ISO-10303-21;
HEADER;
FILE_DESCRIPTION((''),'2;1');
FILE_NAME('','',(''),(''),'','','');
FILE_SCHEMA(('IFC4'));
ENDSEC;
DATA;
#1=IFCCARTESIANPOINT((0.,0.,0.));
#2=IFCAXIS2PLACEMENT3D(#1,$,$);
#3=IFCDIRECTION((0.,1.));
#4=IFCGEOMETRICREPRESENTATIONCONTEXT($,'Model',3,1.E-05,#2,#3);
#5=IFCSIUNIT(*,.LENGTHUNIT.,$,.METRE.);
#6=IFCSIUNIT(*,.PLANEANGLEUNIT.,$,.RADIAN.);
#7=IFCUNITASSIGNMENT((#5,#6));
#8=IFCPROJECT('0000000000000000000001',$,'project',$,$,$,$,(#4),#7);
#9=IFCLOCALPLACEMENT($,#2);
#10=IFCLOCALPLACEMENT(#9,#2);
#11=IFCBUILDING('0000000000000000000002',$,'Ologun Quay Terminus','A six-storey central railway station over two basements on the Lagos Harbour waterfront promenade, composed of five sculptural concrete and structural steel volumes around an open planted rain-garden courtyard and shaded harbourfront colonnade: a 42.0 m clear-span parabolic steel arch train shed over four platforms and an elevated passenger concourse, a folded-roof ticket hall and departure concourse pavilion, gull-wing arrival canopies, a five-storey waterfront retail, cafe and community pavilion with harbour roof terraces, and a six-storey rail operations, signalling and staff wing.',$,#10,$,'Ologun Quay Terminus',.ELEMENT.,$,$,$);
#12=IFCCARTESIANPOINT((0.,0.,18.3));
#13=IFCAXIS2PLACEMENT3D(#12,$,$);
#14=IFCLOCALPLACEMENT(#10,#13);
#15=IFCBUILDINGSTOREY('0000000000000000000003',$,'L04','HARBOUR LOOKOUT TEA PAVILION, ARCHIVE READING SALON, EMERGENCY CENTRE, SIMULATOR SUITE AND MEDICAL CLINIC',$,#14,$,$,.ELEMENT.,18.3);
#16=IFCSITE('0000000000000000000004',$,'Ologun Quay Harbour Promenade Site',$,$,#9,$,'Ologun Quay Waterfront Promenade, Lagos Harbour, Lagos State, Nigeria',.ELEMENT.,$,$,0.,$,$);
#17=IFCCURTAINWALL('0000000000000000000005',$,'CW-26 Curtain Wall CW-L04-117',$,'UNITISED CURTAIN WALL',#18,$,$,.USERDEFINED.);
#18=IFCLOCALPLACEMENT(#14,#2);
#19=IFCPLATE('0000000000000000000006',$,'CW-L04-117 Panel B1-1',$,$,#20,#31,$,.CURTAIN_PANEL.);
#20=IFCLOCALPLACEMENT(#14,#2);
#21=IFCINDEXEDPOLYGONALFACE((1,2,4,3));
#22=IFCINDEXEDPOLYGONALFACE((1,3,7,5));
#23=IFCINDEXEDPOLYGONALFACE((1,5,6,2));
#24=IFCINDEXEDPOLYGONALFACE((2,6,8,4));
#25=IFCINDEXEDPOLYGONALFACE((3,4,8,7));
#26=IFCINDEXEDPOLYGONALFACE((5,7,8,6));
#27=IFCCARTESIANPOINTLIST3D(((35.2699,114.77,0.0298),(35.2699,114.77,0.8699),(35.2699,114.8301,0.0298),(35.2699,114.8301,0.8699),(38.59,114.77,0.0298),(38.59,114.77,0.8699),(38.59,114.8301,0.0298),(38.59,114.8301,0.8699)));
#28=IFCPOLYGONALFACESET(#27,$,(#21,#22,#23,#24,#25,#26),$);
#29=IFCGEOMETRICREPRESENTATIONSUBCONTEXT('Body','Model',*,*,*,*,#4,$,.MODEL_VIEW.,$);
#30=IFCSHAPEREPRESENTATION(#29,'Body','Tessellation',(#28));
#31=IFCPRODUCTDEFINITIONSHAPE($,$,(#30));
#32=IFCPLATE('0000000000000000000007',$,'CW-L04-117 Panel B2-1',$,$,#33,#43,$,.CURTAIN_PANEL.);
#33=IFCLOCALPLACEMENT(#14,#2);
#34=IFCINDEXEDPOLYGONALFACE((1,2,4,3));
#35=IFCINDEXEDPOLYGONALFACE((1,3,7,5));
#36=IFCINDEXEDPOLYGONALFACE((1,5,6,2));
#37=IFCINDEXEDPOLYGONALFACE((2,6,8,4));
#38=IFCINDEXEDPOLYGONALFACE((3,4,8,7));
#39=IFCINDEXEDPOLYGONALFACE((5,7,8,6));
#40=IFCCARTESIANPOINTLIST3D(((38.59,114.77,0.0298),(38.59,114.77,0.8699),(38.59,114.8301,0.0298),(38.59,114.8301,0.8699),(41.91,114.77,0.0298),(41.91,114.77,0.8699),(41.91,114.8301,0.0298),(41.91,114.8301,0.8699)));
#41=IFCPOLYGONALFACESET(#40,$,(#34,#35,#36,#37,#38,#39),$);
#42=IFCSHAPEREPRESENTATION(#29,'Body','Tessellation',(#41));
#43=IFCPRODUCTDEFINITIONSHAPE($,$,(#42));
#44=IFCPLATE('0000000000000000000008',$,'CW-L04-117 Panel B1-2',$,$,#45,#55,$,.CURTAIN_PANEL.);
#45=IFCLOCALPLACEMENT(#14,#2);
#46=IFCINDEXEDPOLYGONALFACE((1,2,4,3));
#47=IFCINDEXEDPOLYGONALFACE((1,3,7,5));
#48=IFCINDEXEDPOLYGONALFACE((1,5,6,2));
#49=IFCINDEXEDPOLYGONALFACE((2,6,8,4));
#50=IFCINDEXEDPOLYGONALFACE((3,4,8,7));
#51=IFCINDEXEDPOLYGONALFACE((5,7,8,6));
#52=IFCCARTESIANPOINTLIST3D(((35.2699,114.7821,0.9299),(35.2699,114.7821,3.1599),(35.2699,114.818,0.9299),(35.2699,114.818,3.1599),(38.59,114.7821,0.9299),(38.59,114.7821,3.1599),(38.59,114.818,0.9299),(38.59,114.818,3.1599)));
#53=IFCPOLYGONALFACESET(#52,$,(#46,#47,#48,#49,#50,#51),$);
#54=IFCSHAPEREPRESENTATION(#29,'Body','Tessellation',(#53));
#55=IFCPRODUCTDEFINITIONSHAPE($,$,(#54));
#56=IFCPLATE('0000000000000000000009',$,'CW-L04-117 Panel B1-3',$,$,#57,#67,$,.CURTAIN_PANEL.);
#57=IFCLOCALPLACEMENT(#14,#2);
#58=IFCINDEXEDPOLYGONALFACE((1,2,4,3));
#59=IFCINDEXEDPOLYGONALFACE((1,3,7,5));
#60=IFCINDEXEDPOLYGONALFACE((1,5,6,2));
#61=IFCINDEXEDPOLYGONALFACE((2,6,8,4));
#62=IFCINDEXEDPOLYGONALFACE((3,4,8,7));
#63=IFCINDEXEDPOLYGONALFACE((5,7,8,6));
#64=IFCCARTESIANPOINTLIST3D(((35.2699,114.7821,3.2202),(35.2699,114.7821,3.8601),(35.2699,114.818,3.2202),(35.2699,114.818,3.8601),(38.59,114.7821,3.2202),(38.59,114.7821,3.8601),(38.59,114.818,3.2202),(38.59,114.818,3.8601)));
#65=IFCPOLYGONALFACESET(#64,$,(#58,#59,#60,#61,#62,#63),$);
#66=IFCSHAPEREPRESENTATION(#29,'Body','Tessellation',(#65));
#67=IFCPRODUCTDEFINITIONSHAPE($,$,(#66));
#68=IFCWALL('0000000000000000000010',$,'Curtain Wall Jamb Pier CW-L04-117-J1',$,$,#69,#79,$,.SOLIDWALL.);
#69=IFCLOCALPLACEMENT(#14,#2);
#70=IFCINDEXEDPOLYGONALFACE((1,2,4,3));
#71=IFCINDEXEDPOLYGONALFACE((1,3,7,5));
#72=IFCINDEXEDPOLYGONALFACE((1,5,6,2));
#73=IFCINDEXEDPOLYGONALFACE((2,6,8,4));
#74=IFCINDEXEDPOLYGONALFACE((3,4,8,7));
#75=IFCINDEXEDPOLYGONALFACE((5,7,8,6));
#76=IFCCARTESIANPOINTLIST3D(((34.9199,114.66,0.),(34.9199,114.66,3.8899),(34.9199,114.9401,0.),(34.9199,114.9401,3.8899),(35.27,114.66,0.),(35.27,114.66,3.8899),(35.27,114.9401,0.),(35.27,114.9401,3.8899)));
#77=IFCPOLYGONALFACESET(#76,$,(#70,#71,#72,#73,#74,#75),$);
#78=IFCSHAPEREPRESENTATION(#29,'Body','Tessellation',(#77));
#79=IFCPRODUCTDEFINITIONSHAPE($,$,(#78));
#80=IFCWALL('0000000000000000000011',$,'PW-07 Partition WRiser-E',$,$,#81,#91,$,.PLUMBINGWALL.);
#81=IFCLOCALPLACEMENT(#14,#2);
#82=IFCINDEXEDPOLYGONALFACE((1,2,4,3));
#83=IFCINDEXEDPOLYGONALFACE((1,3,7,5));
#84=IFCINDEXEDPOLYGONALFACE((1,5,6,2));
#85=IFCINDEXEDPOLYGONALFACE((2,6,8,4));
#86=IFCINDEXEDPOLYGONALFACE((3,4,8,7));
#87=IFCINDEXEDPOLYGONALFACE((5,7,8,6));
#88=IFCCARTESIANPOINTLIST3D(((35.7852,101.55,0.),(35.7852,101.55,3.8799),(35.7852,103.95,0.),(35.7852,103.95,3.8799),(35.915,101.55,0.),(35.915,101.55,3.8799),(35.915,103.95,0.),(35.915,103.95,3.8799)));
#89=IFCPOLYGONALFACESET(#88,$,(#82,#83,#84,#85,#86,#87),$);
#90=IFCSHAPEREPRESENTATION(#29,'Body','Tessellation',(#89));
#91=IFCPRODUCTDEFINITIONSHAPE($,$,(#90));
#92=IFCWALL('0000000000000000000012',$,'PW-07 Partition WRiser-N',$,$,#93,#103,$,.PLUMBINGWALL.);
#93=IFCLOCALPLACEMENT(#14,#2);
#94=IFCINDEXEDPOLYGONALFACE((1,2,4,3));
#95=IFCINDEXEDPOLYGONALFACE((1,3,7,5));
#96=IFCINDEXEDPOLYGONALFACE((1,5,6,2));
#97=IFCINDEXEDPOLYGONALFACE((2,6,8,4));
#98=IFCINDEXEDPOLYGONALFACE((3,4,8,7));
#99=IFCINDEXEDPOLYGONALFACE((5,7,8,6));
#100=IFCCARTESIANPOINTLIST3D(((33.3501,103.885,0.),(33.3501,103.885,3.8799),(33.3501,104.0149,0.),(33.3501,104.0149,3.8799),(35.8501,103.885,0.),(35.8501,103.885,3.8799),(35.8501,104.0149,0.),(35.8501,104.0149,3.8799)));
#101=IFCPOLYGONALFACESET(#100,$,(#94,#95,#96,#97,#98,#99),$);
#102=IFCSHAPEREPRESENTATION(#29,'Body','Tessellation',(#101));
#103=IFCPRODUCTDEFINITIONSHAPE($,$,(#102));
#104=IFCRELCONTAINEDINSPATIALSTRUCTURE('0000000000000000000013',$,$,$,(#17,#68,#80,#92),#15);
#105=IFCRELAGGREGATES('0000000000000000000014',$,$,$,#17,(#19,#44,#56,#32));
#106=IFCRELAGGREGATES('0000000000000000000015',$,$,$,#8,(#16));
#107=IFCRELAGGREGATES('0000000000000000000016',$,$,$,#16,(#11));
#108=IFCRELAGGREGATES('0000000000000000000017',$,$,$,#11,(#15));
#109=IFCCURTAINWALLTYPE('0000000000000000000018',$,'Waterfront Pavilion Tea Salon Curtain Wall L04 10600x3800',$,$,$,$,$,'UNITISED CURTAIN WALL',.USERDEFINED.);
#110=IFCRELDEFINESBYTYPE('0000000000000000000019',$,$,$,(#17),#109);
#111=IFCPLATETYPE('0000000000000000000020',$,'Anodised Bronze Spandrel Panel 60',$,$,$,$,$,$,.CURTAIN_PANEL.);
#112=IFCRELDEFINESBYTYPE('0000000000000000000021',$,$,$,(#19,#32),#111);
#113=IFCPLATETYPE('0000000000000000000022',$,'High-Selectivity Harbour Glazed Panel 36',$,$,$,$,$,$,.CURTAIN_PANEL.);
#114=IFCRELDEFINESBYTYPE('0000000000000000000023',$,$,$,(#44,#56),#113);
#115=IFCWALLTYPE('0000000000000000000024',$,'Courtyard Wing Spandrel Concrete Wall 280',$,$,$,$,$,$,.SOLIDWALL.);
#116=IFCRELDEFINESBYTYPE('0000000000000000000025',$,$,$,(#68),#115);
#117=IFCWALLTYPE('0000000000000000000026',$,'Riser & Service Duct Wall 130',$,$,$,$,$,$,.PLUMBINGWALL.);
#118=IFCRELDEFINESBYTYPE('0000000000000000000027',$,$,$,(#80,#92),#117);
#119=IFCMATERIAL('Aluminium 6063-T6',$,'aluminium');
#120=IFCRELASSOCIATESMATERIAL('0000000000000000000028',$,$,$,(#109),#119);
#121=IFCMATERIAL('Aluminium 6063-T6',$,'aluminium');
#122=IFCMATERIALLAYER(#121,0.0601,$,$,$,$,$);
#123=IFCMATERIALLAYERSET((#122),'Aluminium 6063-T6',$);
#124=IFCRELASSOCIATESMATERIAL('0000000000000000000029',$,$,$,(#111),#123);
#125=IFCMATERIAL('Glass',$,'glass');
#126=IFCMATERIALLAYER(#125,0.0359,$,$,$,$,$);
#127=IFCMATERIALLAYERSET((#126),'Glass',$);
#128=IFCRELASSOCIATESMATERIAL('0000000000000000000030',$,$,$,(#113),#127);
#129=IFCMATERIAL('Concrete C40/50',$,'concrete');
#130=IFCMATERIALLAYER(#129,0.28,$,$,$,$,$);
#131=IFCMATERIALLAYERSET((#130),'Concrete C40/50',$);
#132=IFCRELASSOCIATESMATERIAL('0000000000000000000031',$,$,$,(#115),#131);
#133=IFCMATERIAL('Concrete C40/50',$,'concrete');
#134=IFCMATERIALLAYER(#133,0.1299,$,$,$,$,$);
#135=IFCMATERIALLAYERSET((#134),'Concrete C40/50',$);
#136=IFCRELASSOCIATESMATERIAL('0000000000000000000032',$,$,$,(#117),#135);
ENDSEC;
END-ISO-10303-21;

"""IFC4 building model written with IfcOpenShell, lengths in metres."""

from ifc_helpers import new_model, si_unit, direction, frame, frame_2d, origin, origin_2d, place, context, subcontext, project, spatial, rectangle, extrude, material, layer, layer_set, type_object, element, aggregate, save


model = new_model("IFC4")

# Units and contexts
model_context = context("Model", 3, precision=1e-05, world=origin(), true_north=direction((0.0, 1.0)))
body_context = subcontext(model_context, "Body", "Model", "MODEL_VIEW")
ifc_project = project(units=[si_unit("LENGTHUNIT", "METRE"), si_unit("PLANEANGLEUNIT", "RADIAN")], contexts=[model_context])

# Site, building, storey
site_placement = place(None, origin())
site = spatial("IfcSite", under=ifc_project, at=site_placement, Name="Ologun Quay Harbour Promenade Site", LongName="Ologun Quay Waterfront Promenade, Lagos Harbour, Lagos State, Nigeria", CompositionType="ELEMENT", RefElevation=0.0)
building_placement = place(site_placement, origin())
building = spatial("IfcBuilding", under=site, at=building_placement, Name="Ologun Quay Terminus", Description="A six-storey central railway station over two basements on the Lagos Harbour waterfront promenade, composed of five sculptural concrete and structural steel volumes around an open planted rain-garden courtyard and shaded harbourfront colonnade: a 42.0 m clear-span parabolic steel arch train shed over four platforms and an elevated passenger concourse, a folded-roof ticket hall and departure concourse pavilion, gull-wing arrival canopies, a five-storey waterfront retail, cafe and community pavilion with harbour roof terraces, and a six-storey rail operations, signalling and staff wing.", LongName="Ologun Quay Terminus", CompositionType="ELEMENT")
storey_placement = place(building_placement, frame((0.0, 0.0, 18.3)))
storey = spatial("IfcBuildingStorey", under=building, at=storey_placement, Name="L04", Description="HARBOUR LOOKOUT TEA PAVILION, ARCHIVE READING SALON, EMERGENCY CENTRE, SIMULATOR SUITE AND MEDICAL CLINIC", CompositionType="ELEMENT", Elevation=18.3)

# Curtain wall, plates
ifc_material_1 = material(Name="Aluminium 6063-T6", Category="aluminium")
curtain_wall_type = type_object("IfcCurtainWallType", Name="Waterfront Pavilion Tea Salon Curtain Wall L04 10600x3800", ElementType="UNITISED CURTAIN WALL", PredefinedType="USERDEFINED", material=ifc_material_1)
curtain_wall_placement = place(storey_placement, origin())
curtain_wall = element("IfcCurtainWall", 1, at=curtain_wall_placement, inside=storey, type_object=curtain_wall_type, Name="CW-26 Curtain Wall CW-L04-117", ObjectType="UNITISED CURTAIN WALL", PredefinedType="USERDEFINED")
ifc_material_2 = material(Name="Aluminium 6063-T6", Category="aluminium")
ifc_layer_1 = layer(ifc_material_2, 0.0601)
ifc_layer_set_1 = layer_set([ifc_layer_1], Name="Aluminium 6063-T6")
plate_type_1 = type_object("IfcPlateType", Name="Anodised Bronze Spandrel Panel 60", PredefinedType="CURTAIN_PANEL", material=ifc_layer_set_1)
plate_1_placement = place(storey_placement, frame((36.9299, 114.8, 0.0298), z_axis=(0.0, 0.0, 1.0), x_axis=(1.0, 0.0, 0.0)))
plate_1 = element("IfcPlate", 2, at=plate_1_placement, type_object=plate_type_1, Name="CW-L04-117 Panel B1-1", PredefinedType="CURTAIN_PANEL", context=body_context, shape_type="SweptSolid", body=[
    extrude(rectangle(XDim=3.3201, YDim=0.0601, at=origin_2d()), origin(), (0.0, 0.0, 1.0), 0.8401),
])
plate_2_placement = place(storey_placement, frame((40.25, 114.8, 0.0298), z_axis=(0.0, 0.0, 1.0), x_axis=(1.0, 0.0, 0.0)))
plate_2 = element("IfcPlate", 3, at=plate_2_placement, type_object=plate_type_1, Name="CW-L04-117 Panel B2-1", PredefinedType="CURTAIN_PANEL", context=body_context, shape_type="SweptSolid", body=[
    extrude(rectangle(XDim=3.3201, YDim=0.0601, at=origin_2d()), origin(), (0.0, 0.0, 1.0), 0.8401),
])
ifc_material_3 = material(Name="Glass", Category="glass")
ifc_layer_2 = layer(ifc_material_3, 0.0359)
ifc_layer_set_2 = layer_set([ifc_layer_2], Name="Glass")
plate_type_2 = type_object("IfcPlateType", Name="High-Selectivity Harbour Glazed Panel 36", PredefinedType="CURTAIN_PANEL", material=ifc_layer_set_2)
plate_3_placement = place(storey_placement, frame((36.9299, 114.8, 0.9299), z_axis=(0.0, 0.0, 1.0), x_axis=(1.0, 0.0, 0.0)))
plate_3 = element("IfcPlate", 4, at=plate_3_placement, type_object=plate_type_2, Name="CW-L04-117 Panel B1-2", PredefinedType="CURTAIN_PANEL", context=body_context, shape_type="SweptSolid", body=[
    extrude(rectangle(XDim=3.3201, YDim=0.0359, at=origin_2d()), origin(), (0.0, 0.0, 1.0), 2.23),
])
plate_4_placement = place(storey_placement, frame((36.9299, 114.8, 3.2202), z_axis=(0.0, 0.0, 1.0), x_axis=(1.0, 0.0, 0.0)))
plate_4 = element("IfcPlate", 5, at=plate_4_placement, type_object=plate_type_2, Name="CW-L04-117 Panel B1-3", PredefinedType="CURTAIN_PANEL", context=body_context, shape_type="SweptSolid", body=[
    extrude(rectangle(XDim=3.3201, YDim=0.0359, at=origin_2d()), origin(), (0.0, 0.0, 1.0), 0.6399),
])
aggregate(curtain_wall, [plate_1, plate_3, plate_4, plate_2])

# Walls
ifc_material_4 = material(Name="Concrete C40/50", Category="concrete")
ifc_layer_3 = layer(ifc_material_4, 0.28)
ifc_layer_set_3 = layer_set([ifc_layer_3], Name="Concrete C40/50")
wall_type_1 = type_object("IfcWallType", Name="Courtyard Wing Spandrel Concrete Wall 280", PredefinedType="SOLIDWALL", material=ifc_layer_set_3)
wall_1_placement = place(storey_placement, frame((34.9199, 114.8, 0.0), z_axis=(0.0, 0.0, 1.0), x_axis=(1.0, 0.0, 0.0)))
element("IfcWall", 6, at=wall_1_placement, inside=storey, type_object=wall_type_1, Name="Curtain Wall Jamb Pier CW-L04-117-J1", PredefinedType="SOLIDWALL", context=body_context, shape_type="SweptSolid", body=[
    extrude(rectangle(XDim=0.3501, YDim=0.28, at=frame_2d((0.175, 0.0))), origin(), (0.0, 0.0, 1.0), 3.8899),
])
ifc_material_5 = material(Name="Concrete C40/50", Category="concrete")
ifc_layer_4 = layer(ifc_material_5, 0.1299)
ifc_layer_set_4 = layer_set([ifc_layer_4], Name="Concrete C40/50")
wall_type_2 = type_object("IfcWallType", Name="Riser & Service Duct Wall 130", PredefinedType="PLUMBINGWALL", material=ifc_layer_set_4)
wall_2_placement = place(storey_placement, frame((35.8501, 101.55, 0.0), z_axis=(0.0, 0.0, 1.0), x_axis=(0.0, 1.0, 0.0)))
element("IfcWall", 7, at=wall_2_placement, inside=storey, type_object=wall_type_2, Name="PW-07 Partition WRiser-E", PredefinedType="PLUMBINGWALL", context=body_context, shape_type="SweptSolid", body=[
    extrude(rectangle(XDim=2.3999, YDim=0.1299, at=frame_2d((1.2, 0.0))), origin(), (0.0, 0.0, 1.0), 3.8799),
])
wall_3_placement = place(storey_placement, frame((33.3501, 103.95, 0.0), z_axis=(0.0, 0.0, 1.0), x_axis=(1.0, 0.0, 0.0)))
element("IfcWall", 8, at=wall_3_placement, inside=storey, type_object=wall_type_2, Name="PW-07 Partition WRiser-N", PredefinedType="PLUMBINGWALL", context=body_context, shape_type="SweptSolid", body=[
    extrude(rectangle(XDim=2.5, YDim=0.1299, at=frame_2d((1.25, 0.0))), origin(), (0.0, 0.0, 1.0), 3.8799),
])

save(model, "model.ifc")
